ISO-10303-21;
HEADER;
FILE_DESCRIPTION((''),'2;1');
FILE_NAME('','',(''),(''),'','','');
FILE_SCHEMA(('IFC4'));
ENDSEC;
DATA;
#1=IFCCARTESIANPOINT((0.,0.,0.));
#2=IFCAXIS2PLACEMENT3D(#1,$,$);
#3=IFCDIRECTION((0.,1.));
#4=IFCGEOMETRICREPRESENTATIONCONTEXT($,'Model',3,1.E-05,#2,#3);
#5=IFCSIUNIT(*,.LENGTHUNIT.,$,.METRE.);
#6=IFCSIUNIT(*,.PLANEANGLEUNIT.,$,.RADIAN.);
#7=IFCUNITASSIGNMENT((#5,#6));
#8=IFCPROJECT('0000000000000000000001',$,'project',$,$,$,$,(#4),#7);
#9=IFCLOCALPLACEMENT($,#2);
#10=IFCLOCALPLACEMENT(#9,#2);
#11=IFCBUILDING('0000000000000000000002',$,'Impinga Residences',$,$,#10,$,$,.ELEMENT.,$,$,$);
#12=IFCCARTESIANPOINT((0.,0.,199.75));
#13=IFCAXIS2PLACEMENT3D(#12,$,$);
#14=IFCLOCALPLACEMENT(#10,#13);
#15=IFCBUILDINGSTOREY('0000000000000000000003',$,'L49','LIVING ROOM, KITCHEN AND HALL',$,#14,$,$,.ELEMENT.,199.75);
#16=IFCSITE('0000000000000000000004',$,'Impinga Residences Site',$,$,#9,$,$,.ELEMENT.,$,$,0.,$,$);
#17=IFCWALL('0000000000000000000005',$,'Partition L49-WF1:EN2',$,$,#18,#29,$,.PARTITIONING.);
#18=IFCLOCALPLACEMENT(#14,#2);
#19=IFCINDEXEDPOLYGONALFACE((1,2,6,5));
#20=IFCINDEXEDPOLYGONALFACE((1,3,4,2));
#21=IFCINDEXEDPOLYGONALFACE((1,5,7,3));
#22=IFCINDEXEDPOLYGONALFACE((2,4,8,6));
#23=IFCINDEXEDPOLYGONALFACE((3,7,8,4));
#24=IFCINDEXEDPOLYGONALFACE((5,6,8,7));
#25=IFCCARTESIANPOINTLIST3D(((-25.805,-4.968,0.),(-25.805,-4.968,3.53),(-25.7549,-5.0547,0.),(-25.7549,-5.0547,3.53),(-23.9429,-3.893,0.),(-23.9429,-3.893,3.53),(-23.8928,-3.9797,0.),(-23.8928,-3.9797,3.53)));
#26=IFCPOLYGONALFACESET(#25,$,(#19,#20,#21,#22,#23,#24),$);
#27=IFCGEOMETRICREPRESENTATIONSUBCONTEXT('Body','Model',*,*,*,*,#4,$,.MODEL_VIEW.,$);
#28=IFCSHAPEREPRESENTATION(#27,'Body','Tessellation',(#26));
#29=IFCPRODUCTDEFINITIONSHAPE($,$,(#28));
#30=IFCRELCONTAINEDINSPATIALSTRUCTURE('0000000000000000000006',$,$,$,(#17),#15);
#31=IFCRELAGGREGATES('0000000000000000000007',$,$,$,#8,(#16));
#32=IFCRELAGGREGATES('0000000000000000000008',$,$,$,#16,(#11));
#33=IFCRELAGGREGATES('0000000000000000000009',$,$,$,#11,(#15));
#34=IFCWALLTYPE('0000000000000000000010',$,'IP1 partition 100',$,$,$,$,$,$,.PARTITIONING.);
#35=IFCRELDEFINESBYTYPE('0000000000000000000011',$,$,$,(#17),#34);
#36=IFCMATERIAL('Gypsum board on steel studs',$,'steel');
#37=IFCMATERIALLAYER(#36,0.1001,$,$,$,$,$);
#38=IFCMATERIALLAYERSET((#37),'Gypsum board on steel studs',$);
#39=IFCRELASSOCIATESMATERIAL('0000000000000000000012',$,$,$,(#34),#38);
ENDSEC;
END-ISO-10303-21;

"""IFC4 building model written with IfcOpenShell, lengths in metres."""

from ifc_helpers import new_model, si_unit, direction, frame, frame_2d, origin, place, context, subcontext, project, spatial, rectangle, extrude, material, layer, layer_set, type_object, element, save


model = new_model("IFC4")

# Units and contexts
model_context = context("Model", 3, precision=1e-05, world=origin(), true_north=direction((0.0, 1.0)))
body_context = subcontext(model_context, "Body", "Model", "MODEL_VIEW")
ifc_project = project(units=[si_unit("LENGTHUNIT", "METRE"), si_unit("PLANEANGLEUNIT", "RADIAN")], contexts=[model_context])

# Site, building, storey
site_placement = place(None, origin())
site = spatial("IfcSite", under=ifc_project, at=site_placement, Name="Impinga Residences Site", CompositionType="ELEMENT", RefElevation=0.0)
building_placement = place(site_placement, origin())
building = spatial("IfcBuilding", under=site, at=building_placement, Name="Impinga Residences", CompositionType="ELEMENT")
storey_placement = place(building_placement, frame((0.0, 0.0, 199.75)))
storey = spatial("IfcBuildingStorey", under=building, at=storey_placement, Name="L49", Description="LIVING ROOM, KITCHEN AND HALL", CompositionType="ELEMENT", Elevation=199.75)

# Shared definitions
ifc_material_1 = material(Name="Gypsum board on steel studs", Category="steel")
ifc_layer = layer(ifc_material_1, 0.1001)
ifc_layer_set = layer_set([ifc_layer], Name="Gypsum board on steel studs")
wall_type = type_object("IfcWallType", Name="IP1 partition 100", PredefinedType="PARTITIONING", material=ifc_layer_set)

# Wall
wall_1_placement = place(storey_placement, frame((-23.9177, -3.9363, 0.0), z_axis=(0.0, 0.0, 1.0), x_axis=(-0.866048, -0.499962, 0.0)))
element("IfcWall", 1, at=wall_1_placement, inside=storey, type_object=wall_type, Name="Partition L49-WF1:EN2", PredefinedType="PARTITIONING", context=body_context, shape_type="SweptSolid", body=[
    extrude(rectangle(XDim=2.1501, YDim=0.1001, at=frame_2d((1.0752, 0.0))), origin(), (0.0, 0.0, 1.0), 3.53),
])

save(model, "model.ifc")
